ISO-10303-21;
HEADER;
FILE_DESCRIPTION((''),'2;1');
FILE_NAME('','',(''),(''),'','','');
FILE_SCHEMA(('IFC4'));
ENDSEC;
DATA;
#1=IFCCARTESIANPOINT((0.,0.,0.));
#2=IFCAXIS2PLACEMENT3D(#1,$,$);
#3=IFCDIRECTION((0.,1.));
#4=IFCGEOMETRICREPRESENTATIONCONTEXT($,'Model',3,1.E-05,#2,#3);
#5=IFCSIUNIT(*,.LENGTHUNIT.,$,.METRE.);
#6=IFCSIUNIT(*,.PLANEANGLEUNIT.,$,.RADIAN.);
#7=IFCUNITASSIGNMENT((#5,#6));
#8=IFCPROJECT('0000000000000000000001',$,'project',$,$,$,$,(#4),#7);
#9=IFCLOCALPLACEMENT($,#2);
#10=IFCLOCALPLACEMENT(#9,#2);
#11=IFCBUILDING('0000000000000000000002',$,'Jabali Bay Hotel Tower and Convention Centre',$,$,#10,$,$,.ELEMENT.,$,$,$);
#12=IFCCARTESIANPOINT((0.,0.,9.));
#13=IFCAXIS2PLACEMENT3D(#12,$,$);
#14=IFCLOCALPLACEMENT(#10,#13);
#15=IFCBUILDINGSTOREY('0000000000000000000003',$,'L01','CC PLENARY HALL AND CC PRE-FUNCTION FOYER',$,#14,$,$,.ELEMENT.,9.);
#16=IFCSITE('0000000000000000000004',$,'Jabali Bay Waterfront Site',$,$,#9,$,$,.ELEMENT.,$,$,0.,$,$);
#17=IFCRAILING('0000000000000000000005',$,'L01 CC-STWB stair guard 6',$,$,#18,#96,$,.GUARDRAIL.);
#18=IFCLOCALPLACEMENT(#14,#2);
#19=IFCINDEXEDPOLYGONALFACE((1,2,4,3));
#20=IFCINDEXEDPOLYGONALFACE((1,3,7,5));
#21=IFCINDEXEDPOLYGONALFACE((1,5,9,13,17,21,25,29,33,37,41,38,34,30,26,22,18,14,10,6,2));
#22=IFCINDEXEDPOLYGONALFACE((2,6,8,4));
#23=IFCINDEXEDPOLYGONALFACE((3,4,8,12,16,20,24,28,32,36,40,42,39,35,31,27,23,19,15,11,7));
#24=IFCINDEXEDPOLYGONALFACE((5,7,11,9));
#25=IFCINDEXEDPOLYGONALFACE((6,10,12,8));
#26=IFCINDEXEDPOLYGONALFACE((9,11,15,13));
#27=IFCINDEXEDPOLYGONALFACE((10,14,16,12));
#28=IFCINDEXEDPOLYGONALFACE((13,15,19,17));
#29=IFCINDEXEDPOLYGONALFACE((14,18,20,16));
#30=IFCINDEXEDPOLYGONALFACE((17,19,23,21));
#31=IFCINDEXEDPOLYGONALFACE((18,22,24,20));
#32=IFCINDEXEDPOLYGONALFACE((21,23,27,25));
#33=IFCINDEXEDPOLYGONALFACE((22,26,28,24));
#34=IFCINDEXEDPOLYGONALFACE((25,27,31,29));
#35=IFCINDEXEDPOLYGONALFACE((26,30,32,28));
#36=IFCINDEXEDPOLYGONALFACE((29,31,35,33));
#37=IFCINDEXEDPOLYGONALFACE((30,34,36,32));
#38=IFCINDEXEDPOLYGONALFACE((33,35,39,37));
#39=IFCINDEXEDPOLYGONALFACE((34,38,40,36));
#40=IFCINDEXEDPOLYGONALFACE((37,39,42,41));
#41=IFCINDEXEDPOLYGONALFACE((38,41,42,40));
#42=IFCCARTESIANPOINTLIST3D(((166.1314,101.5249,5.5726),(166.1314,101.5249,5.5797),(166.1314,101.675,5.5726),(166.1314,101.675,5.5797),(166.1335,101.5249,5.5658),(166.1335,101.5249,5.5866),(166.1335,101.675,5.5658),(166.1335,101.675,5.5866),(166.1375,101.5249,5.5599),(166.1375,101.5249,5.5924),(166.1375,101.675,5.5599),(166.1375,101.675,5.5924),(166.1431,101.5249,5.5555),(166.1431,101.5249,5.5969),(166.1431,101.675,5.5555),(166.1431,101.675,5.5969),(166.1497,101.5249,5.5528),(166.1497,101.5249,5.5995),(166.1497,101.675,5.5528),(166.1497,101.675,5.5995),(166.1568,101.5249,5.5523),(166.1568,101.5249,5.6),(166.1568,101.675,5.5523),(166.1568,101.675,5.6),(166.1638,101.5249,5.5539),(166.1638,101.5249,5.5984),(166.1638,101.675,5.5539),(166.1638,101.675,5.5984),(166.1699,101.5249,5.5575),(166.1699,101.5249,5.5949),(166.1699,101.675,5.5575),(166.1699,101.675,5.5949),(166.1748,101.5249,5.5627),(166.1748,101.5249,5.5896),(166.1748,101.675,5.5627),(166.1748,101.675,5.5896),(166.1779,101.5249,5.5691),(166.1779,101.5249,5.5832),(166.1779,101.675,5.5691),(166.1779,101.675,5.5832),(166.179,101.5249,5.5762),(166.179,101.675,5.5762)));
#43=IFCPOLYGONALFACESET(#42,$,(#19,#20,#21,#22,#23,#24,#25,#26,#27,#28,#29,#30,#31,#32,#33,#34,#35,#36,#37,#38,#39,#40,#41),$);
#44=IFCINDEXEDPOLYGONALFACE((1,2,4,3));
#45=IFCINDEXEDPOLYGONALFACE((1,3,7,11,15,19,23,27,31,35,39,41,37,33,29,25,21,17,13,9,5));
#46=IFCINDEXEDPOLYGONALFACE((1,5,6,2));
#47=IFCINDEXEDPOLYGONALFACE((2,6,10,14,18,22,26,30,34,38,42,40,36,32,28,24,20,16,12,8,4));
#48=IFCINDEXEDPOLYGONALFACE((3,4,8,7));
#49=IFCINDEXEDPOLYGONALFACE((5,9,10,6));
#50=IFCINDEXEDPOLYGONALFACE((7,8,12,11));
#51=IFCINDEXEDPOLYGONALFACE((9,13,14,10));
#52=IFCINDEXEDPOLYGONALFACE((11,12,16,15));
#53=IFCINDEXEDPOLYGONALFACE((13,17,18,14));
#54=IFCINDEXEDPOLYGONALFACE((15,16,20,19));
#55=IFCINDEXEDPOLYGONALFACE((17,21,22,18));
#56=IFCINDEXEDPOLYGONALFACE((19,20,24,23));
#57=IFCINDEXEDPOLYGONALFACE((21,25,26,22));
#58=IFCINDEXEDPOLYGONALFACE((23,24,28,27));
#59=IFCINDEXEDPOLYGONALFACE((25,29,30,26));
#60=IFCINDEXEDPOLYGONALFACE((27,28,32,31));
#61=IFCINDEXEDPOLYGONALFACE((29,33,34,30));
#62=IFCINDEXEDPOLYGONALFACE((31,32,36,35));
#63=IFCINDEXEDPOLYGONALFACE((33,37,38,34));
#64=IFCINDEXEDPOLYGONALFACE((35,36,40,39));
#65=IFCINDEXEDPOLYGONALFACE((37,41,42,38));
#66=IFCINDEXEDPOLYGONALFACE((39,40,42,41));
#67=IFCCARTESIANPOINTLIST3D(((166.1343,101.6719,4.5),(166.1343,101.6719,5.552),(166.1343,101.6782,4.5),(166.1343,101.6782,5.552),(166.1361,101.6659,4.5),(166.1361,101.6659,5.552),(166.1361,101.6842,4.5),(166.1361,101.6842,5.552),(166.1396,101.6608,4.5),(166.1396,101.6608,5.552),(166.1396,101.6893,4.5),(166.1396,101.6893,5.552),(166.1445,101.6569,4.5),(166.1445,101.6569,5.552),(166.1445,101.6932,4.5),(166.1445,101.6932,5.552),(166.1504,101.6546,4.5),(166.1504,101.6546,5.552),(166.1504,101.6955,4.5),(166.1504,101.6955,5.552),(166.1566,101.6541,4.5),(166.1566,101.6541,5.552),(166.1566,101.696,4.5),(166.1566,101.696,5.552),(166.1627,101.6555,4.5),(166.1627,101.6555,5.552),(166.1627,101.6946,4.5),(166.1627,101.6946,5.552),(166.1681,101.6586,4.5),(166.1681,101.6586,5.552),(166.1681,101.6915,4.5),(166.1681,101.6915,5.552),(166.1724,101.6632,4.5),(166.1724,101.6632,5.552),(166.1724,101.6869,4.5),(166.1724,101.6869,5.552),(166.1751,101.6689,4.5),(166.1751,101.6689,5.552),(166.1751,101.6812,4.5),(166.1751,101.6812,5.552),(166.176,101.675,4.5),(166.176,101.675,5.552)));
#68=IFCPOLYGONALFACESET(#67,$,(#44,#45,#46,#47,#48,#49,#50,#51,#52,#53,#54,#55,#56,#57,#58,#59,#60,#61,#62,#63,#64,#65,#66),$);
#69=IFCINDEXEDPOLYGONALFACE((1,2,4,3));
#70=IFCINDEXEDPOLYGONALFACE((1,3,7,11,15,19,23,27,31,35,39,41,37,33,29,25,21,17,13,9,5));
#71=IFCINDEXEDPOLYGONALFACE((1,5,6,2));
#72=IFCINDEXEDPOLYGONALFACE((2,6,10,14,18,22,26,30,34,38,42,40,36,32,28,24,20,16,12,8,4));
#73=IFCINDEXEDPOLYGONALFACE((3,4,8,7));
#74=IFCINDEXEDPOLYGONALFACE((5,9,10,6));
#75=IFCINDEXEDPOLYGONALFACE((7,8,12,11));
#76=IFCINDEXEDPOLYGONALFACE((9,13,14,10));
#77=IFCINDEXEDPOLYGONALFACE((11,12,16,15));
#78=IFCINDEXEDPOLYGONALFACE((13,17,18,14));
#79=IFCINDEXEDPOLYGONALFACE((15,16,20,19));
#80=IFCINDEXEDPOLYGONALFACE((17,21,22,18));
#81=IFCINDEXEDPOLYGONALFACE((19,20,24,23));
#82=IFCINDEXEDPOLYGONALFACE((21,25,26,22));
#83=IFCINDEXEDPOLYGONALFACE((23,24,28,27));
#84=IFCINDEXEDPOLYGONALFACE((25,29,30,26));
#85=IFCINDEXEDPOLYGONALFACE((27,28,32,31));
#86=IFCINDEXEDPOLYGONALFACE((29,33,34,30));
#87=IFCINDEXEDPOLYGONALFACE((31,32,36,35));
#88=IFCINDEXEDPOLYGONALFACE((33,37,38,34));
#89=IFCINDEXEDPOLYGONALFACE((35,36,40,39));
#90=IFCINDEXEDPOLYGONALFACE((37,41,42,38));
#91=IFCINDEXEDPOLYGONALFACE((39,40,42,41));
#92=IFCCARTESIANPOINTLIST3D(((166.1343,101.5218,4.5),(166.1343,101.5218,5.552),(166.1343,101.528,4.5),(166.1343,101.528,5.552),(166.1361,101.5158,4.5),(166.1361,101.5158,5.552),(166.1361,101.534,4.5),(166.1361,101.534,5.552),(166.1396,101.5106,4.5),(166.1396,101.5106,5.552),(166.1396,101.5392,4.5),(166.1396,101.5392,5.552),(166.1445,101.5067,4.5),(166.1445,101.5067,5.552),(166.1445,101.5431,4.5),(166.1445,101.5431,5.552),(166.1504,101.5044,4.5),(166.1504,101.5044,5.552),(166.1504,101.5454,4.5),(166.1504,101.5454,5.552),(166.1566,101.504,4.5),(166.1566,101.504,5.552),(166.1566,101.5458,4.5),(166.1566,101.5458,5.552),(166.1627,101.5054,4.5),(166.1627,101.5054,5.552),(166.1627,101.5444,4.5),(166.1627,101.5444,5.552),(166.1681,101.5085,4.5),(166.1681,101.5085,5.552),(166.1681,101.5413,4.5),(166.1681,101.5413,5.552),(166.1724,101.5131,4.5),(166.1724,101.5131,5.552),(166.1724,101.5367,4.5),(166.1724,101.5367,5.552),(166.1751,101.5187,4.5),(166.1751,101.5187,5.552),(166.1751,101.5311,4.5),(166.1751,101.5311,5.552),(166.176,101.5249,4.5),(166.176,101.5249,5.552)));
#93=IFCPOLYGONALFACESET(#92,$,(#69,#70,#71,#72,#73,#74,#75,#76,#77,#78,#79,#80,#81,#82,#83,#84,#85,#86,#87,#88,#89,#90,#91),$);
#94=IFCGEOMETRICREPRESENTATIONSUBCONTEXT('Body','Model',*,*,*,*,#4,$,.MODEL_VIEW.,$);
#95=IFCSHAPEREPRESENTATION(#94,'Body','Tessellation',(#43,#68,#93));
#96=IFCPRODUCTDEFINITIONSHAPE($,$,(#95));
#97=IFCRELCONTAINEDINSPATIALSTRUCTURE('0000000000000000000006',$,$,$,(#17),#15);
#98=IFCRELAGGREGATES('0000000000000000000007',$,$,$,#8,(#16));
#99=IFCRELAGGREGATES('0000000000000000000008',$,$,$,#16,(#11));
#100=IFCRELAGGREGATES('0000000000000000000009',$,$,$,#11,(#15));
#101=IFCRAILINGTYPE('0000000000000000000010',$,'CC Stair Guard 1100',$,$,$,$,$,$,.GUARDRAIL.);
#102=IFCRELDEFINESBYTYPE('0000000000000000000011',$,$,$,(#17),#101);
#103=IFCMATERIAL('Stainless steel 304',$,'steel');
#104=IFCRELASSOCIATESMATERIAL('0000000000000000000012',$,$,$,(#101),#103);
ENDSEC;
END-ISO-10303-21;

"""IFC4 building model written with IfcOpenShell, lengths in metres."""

from ifc_helpers import new_model, si_unit, direction, frame, origin, origin_2d, place, context, subcontext, project, spatial, circle, extrude, material, type_object, element, save


model = new_model("IFC4")

# Units and contexts
model_context = context("Model", 3, precision=1e-05, world=origin(), true_north=direction((0.0, 1.0)))
body_context = subcontext(model_context, "Body", "Model", "MODEL_VIEW")
ifc_project = project(units=[si_unit("LENGTHUNIT", "METRE"), si_unit("PLANEANGLEUNIT", "RADIAN")], contexts=[model_context])

# Site, building, storey
site_placement = place(None, origin())
site = spatial("IfcSite", under=ifc_project, at=site_placement, Name="Jabali Bay Waterfront Site", CompositionType="ELEMENT", RefElevation=0.0)
building_placement = place(site_placement, origin())
building = spatial("IfcBuilding", under=site, at=building_placement, Name="Jabali Bay Hotel Tower and Convention Centre", CompositionType="ELEMENT")
storey_placement = place(building_placement, frame((0.0, 0.0, 9.0)))
storey = spatial("IfcBuildingStorey", under=building, at=storey_placement, Name="L01", Description="CC PLENARY HALL AND CC PRE-FUNCTION FOYER", CompositionType="ELEMENT", Elevation=9.0)

# Railing
ifc_material_1 = material(Name="Stainless steel 304", Category="steel")
railing_type_1 = type_object("IfcRailingType", Name="CC Stair Guard 1100", PredefinedType="GUARDRAIL", material=ifc_material_1)
for number, where, name in (
    (1, (166.155, 101.675, 4.5), "L01 CC-STWB stair guard 6"),
):
    element("IfcRailing", number, at=place(storey_placement, frame(where)), inside=storey, type_object=railing_type_1, Name=name, PredefinedType="GUARDRAIL", context=body_context, shape_type="SweptSolid", body=[
        extrude(circle(Radius=0.0239, at=origin_2d()), frame((0.0, 0.0, 1.0762), z_axis=(0.0, -1.0, 0.0), x_axis=(1.0, 0.0, 0.0)), (0.0, 0.0, 1.0), 0.1501),
        extrude(circle(Radius=0.021, at=origin_2d()), origin(), (0.0, 0.0, 1.0), 1.052),
        extrude(circle(Radius=0.021, at=origin_2d()), frame((0.0, -0.1501, 0.0)), (0.0, 0.0, 1.0), 1.052),
    ])

save(model, "model.ifc")
